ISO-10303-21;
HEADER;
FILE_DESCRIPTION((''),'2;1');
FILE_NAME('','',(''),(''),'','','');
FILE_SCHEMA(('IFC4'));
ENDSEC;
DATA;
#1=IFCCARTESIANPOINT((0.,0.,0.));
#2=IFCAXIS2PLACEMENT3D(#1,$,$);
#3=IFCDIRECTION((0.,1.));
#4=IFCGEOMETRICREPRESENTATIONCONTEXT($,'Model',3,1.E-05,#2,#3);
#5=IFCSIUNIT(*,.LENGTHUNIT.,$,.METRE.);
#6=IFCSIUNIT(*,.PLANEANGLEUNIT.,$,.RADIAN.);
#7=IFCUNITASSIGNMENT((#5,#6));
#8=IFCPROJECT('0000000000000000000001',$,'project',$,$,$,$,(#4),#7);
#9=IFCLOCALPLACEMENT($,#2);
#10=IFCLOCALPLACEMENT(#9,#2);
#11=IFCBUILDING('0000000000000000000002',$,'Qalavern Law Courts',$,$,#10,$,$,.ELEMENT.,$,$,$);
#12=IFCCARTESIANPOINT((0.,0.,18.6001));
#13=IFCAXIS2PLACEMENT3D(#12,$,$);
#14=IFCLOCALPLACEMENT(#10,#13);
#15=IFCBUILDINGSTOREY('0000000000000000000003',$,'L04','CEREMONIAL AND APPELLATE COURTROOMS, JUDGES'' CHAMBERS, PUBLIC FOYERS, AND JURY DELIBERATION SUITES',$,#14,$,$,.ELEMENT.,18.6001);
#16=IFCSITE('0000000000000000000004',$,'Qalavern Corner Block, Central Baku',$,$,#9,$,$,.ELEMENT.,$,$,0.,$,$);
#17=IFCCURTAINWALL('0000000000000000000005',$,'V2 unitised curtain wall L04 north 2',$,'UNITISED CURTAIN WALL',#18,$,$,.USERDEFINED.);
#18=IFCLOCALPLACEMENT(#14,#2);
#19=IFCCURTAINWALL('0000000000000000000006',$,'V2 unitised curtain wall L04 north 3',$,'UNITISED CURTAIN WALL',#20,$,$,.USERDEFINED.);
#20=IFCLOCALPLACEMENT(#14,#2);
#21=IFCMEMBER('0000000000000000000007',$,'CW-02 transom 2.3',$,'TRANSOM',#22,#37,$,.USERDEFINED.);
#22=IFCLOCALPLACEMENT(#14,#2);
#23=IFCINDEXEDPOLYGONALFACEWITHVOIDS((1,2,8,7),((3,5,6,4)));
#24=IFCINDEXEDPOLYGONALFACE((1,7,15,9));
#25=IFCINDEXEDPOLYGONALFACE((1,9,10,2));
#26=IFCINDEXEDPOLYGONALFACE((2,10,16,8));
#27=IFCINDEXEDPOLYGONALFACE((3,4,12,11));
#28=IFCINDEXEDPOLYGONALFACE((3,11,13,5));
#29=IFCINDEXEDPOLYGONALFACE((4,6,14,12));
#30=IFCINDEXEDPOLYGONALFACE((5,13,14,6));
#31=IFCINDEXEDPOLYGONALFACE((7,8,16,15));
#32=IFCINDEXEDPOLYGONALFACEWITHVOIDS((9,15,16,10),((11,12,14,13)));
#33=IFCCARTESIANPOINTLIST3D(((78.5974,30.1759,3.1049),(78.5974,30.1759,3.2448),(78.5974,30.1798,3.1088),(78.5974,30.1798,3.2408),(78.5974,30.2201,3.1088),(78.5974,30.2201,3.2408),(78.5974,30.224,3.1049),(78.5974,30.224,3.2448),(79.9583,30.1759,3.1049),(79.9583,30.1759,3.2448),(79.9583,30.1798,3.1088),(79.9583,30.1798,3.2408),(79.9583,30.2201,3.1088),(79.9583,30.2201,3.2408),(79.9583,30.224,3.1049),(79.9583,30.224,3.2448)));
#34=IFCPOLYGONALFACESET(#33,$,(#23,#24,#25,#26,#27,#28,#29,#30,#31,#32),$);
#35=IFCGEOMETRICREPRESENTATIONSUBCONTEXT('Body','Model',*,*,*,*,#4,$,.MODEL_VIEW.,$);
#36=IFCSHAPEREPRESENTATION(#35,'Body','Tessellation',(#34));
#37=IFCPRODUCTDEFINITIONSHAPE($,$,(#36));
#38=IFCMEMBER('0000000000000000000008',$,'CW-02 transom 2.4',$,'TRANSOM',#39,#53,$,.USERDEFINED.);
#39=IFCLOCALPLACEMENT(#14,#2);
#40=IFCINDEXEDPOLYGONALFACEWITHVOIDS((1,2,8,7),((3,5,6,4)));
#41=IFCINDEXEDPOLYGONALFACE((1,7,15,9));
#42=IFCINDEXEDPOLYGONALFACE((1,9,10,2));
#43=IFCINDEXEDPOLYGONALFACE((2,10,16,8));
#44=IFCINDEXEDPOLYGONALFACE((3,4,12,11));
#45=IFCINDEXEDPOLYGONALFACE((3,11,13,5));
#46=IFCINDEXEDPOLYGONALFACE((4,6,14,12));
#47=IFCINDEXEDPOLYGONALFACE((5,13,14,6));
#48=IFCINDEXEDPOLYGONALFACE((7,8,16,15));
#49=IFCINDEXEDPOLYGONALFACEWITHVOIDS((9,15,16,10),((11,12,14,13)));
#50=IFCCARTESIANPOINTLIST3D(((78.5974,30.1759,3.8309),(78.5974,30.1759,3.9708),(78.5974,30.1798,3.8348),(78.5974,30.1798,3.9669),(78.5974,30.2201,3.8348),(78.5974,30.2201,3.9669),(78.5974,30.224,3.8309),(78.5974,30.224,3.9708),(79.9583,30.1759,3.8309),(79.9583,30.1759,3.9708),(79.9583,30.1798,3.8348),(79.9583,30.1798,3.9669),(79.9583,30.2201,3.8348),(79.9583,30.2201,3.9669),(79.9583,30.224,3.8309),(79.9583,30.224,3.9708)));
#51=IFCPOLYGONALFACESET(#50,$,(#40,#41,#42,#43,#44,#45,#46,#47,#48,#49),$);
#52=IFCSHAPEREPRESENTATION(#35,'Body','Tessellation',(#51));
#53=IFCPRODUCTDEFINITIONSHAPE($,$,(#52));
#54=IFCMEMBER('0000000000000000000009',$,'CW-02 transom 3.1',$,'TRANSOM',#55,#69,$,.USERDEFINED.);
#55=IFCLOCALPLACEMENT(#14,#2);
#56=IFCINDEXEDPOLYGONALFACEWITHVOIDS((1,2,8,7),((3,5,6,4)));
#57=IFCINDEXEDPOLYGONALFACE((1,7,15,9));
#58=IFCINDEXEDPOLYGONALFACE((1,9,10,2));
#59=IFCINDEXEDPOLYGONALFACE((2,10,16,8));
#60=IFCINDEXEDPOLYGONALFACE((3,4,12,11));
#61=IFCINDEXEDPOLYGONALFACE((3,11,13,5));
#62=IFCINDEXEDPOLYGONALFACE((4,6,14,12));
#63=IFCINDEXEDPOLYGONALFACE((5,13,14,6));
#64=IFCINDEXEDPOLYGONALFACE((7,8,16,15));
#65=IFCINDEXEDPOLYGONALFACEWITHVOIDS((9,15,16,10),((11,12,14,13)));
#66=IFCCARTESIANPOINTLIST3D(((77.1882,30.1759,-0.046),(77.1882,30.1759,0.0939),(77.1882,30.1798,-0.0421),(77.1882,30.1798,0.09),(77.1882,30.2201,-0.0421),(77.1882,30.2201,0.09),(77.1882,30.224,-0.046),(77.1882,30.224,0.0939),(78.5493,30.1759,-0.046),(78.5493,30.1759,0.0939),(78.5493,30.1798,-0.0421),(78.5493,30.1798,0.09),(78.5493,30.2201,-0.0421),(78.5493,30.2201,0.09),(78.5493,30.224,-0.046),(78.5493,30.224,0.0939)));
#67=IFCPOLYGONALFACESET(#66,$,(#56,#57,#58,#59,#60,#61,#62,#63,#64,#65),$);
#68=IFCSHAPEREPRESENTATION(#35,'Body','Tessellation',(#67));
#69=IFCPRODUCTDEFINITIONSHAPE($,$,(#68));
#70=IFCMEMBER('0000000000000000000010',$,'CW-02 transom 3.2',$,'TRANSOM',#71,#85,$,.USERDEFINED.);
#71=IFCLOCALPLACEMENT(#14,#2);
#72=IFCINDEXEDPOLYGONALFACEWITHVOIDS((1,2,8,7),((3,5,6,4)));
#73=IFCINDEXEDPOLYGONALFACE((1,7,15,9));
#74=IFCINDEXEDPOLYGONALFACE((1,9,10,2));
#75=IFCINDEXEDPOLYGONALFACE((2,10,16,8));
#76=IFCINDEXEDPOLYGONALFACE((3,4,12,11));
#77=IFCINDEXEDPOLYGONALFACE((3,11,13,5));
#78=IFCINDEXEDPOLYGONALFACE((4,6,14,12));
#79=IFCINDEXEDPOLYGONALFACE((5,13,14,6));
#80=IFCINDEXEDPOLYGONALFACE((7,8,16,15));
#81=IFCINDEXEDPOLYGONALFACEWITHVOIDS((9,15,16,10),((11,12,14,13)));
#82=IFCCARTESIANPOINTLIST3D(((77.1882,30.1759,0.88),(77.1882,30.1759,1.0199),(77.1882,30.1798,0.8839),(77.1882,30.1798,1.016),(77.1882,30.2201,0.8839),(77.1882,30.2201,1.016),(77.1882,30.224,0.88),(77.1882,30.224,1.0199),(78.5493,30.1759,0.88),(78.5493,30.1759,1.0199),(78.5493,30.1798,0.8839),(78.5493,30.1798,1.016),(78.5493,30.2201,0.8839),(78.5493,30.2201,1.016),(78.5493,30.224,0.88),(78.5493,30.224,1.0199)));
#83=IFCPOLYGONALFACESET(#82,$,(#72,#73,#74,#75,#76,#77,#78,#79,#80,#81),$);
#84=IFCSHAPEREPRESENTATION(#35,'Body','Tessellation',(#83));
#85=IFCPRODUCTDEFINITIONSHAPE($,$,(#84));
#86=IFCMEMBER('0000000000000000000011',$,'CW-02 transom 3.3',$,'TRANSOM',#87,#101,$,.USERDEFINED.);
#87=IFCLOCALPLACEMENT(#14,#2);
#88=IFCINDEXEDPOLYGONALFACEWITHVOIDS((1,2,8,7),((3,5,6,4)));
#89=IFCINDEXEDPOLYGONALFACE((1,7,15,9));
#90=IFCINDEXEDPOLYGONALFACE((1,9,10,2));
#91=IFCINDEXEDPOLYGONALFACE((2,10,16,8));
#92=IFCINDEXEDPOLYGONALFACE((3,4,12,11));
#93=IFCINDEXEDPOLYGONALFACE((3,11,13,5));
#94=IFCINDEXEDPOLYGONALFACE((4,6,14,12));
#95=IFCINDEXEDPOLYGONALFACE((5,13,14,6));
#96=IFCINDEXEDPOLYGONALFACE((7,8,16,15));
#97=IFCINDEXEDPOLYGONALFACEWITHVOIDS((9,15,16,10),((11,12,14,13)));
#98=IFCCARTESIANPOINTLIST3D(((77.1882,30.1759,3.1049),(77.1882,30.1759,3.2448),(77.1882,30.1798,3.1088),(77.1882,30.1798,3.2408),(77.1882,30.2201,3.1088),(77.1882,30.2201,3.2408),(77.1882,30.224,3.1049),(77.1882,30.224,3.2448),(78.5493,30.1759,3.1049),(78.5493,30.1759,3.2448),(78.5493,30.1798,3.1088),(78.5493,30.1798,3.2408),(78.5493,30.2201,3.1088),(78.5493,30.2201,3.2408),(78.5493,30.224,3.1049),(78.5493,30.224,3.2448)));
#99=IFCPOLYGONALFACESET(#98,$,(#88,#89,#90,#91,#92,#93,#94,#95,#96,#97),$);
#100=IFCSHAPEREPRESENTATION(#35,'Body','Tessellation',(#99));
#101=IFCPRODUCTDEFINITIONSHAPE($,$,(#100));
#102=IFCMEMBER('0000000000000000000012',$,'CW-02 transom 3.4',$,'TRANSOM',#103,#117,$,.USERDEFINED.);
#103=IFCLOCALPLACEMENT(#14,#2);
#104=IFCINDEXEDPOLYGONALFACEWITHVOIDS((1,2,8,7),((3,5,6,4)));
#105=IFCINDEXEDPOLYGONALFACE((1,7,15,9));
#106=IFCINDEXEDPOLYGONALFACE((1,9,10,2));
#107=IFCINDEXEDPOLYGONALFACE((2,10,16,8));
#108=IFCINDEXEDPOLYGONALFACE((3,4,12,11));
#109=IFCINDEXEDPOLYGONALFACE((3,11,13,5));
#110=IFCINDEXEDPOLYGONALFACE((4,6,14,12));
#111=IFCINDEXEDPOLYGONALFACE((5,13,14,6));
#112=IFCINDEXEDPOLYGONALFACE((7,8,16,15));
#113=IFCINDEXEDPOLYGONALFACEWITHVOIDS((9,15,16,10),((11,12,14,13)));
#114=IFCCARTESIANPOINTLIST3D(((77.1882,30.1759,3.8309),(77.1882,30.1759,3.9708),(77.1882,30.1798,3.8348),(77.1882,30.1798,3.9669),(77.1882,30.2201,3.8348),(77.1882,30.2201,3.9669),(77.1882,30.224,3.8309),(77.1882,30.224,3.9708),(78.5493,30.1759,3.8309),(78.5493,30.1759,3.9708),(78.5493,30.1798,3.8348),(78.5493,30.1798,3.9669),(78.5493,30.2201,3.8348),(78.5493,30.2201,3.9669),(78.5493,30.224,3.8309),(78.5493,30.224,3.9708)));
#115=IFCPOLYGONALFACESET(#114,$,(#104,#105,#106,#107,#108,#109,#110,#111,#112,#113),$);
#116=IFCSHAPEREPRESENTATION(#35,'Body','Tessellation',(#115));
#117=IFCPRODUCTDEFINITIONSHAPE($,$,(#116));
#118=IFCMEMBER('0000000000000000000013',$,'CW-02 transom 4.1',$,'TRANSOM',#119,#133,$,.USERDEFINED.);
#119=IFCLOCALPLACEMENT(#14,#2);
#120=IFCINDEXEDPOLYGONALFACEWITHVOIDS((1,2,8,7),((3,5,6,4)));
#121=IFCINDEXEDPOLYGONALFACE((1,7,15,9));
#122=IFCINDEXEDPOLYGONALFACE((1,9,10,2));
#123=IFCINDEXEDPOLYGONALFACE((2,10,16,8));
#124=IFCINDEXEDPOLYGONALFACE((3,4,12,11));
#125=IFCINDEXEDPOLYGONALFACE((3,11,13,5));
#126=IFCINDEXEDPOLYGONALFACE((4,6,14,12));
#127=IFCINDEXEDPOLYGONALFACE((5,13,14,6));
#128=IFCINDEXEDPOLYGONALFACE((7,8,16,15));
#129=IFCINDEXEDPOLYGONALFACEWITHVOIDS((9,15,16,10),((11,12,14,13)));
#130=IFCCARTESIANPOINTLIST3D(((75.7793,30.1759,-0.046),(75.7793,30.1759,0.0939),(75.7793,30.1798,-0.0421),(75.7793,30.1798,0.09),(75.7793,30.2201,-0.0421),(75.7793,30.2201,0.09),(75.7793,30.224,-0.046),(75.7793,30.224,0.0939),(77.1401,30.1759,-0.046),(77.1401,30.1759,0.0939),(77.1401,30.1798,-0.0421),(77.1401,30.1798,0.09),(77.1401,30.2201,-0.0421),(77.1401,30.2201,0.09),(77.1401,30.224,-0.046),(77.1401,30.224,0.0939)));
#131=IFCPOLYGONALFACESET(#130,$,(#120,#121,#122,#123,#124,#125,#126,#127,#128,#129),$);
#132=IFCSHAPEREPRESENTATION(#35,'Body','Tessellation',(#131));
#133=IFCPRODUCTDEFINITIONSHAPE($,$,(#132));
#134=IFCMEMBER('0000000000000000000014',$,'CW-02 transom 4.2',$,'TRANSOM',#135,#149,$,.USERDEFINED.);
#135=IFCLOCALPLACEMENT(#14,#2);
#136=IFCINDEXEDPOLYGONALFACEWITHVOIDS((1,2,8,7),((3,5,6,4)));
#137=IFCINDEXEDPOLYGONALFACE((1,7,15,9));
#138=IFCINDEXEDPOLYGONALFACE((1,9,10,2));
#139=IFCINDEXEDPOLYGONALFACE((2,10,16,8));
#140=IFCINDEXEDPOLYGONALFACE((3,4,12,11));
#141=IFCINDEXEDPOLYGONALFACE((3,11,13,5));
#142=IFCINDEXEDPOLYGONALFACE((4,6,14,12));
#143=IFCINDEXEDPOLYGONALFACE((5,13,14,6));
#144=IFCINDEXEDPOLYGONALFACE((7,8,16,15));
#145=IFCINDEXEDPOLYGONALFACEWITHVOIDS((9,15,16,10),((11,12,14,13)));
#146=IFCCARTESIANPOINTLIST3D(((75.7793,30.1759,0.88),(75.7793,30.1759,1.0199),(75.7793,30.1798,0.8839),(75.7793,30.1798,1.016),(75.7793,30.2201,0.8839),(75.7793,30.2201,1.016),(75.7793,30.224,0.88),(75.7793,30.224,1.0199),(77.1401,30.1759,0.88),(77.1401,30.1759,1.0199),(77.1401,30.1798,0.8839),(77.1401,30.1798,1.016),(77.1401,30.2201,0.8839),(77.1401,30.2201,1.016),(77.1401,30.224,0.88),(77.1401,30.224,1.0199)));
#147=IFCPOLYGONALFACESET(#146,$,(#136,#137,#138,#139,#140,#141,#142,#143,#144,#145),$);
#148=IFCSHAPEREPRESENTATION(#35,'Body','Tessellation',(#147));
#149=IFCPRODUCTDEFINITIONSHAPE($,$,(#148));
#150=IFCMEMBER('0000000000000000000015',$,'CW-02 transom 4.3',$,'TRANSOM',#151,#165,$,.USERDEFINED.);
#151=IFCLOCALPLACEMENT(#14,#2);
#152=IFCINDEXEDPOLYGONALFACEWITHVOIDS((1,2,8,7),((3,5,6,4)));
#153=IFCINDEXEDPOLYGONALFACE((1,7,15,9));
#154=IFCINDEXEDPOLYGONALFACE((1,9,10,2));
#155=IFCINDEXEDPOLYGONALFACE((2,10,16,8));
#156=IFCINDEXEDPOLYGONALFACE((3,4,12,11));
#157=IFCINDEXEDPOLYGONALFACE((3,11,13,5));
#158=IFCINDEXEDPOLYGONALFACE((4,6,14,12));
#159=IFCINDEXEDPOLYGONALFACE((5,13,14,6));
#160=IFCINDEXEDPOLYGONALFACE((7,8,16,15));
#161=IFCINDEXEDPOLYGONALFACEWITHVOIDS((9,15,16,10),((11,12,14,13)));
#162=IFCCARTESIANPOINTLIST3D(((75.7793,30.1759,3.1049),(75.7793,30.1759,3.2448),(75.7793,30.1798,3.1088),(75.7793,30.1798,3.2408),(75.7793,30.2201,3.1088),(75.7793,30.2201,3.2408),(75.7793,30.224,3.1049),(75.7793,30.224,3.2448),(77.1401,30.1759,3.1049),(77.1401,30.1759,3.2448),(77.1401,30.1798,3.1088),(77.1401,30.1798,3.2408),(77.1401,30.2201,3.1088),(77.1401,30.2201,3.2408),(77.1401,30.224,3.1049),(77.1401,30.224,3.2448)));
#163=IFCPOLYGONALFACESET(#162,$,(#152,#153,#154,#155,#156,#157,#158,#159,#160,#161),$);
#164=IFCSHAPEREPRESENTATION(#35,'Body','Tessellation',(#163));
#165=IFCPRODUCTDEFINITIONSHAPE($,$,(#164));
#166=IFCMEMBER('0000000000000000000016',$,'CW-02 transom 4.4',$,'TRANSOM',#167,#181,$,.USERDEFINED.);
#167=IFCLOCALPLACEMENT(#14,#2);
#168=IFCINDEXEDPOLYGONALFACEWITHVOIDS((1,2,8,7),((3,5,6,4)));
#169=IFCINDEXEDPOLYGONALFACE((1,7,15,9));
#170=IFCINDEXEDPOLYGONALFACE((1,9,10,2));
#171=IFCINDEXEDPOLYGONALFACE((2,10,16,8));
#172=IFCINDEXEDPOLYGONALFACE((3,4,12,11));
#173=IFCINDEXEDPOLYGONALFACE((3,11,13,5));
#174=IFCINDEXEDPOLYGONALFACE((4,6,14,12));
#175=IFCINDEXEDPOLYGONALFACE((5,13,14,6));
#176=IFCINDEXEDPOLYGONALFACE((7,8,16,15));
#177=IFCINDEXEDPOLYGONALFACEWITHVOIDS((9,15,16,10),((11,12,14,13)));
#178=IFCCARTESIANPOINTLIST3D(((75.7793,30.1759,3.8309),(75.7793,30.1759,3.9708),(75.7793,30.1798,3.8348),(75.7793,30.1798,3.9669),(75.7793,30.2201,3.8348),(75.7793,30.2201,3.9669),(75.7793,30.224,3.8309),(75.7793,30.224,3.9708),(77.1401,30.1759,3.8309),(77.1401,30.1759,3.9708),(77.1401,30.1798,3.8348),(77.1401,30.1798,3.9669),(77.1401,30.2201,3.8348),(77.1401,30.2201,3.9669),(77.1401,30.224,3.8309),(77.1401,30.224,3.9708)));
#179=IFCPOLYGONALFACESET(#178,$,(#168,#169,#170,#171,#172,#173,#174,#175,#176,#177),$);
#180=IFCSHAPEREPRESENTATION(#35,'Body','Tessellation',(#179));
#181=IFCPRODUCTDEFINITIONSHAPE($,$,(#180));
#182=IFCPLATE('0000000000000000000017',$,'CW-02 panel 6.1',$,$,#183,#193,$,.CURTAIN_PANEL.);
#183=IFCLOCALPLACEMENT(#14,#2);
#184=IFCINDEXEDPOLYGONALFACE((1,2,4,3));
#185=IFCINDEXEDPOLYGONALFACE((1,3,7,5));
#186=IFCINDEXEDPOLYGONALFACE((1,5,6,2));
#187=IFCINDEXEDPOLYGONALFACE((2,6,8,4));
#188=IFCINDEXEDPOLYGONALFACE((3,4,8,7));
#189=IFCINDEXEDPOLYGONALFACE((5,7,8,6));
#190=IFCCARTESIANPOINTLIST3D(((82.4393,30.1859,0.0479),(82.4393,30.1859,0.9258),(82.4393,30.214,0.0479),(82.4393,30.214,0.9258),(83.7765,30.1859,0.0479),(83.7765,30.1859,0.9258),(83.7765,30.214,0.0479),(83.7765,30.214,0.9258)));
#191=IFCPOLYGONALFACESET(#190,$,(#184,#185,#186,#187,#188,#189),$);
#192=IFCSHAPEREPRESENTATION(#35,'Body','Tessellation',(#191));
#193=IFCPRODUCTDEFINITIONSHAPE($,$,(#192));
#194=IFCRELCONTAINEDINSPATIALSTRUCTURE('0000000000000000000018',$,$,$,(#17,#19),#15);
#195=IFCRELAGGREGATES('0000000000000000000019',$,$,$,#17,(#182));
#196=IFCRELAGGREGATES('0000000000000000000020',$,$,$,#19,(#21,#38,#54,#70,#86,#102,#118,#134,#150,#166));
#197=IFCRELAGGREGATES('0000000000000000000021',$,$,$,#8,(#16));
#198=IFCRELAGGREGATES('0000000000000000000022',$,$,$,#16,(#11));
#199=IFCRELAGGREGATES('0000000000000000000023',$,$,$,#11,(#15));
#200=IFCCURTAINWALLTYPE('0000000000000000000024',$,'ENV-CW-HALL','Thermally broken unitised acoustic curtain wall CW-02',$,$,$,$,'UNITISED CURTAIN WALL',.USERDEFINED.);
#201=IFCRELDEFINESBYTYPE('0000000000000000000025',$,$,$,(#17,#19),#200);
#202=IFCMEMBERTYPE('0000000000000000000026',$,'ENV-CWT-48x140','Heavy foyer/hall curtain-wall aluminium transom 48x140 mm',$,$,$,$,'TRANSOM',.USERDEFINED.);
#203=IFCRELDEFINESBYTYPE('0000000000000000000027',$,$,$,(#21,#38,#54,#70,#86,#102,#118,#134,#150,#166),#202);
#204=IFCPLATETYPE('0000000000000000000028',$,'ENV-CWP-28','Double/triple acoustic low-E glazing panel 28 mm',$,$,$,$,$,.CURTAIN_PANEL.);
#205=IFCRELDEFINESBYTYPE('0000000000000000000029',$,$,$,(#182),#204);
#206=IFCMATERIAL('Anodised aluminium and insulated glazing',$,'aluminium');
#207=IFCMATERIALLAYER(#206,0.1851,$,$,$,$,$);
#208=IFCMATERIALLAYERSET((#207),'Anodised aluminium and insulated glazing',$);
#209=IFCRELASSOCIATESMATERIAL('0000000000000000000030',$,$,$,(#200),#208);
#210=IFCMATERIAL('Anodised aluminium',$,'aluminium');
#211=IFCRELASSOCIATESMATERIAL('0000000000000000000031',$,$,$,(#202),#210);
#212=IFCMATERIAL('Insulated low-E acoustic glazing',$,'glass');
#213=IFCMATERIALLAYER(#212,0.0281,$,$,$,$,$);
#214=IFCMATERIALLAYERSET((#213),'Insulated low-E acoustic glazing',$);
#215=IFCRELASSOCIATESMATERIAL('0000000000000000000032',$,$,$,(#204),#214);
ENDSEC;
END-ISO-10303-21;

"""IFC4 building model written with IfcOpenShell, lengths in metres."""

from ifc_helpers import new_model, si_unit, direction, frame, origin, origin_2d, place, context, subcontext, project, spatial, rectangle, hollow_rectangle, extrude, material, layer, layer_set, material_profile, profile_set, type_object, element, aggregate, save


model = new_model("IFC4")

# Units and contexts
model_context = context("Model", 3, precision=1e-05, world=origin(), true_north=direction((0.0, 1.0)))
body_context = subcontext(model_context, "Body", "Model", "MODEL_VIEW")
ifc_project = project(units=[si_unit("LENGTHUNIT", "METRE"), si_unit("PLANEANGLEUNIT", "RADIAN")], contexts=[model_context])

# Site, building, storey
site_placement = place(None, origin())
site = spatial("IfcSite", under=ifc_project, at=site_placement, Name="Qalavern Corner Block, Central Baku", CompositionType="ELEMENT", RefElevation=0.0)
building_placement = place(site_placement, origin())
building = spatial("IfcBuilding", under=site, at=building_placement, Name="Qalavern Law Courts", CompositionType="ELEMENT")
storey_placement = place(building_placement, frame((0.0, 0.0, 18.6001)))
storey = spatial("IfcBuildingStorey", under=building, at=storey_placement, Name="L04", Description="CEREMONIAL AND APPELLATE COURTROOMS, JUDGES' CHAMBERS, PUBLIC FOYERS, AND JURY DELIBERATION SUITES", CompositionType="ELEMENT", Elevation=18.6001)

# Curtain wall
ifc_material_1 = material(Name="Anodised aluminium and insulated glazing", Category="aluminium")
ifc_layer_1 = layer(ifc_material_1, 0.1851)
ifc_layer_set_1 = layer_set([ifc_layer_1], Name="Anodised aluminium and insulated glazing")
curtain_wall_type = type_object("IfcCurtainWallType", Name="ENV-CW-HALL", Description="Thermally broken unitised acoustic curtain wall CW-02", ElementType="UNITISED CURTAIN WALL", PredefinedType="USERDEFINED", material=ifc_layer_set_1)
curtain_wall_1_placement = place(storey_placement, origin())
curtain_wall_1 = element("IfcCurtainWall", 1, at=curtain_wall_1_placement, inside=storey, type_object=curtain_wall_type, Name="V2 unitised curtain wall L04 north 2", ObjectType="UNITISED CURTAIN WALL", PredefinedType="USERDEFINED")
ifc_material_2 = material(Name="Anodised aluminium", Category="aluminium")

# Curtain wall, members
curtain_wall_2_placement = place(storey_placement, origin())
curtain_wall_2 = element("IfcCurtainWall", 2, at=curtain_wall_2_placement, inside=storey, type_object=curtain_wall_type, Name="V2 unitised curtain wall L04 north 3", ObjectType="UNITISED CURTAIN WALL", PredefinedType="USERDEFINED")
ifc_material_profile_1 = material_profile(ifc_material_2, hollow_rectangle(XDim=0.0481, YDim=0.1399, WallThickness=0.0039, at=origin_2d()), Name="ALU TRANSOM 48x140")
ifc_profile_set_1 = profile_set([ifc_material_profile_1], Name="Anodised aluminium")
member_type_1 = type_object("IfcMemberType", Name="ENV-CWT-48x140", Description="Heavy foyer/hall curtain-wall aluminium transom 48x140 mm", ElementType="TRANSOM", PredefinedType="USERDEFINED", material=ifc_profile_set_1)
member_1_placement = place(storey_placement, frame((79.9583, 30.2, 3.1748), z_axis=(-1.0, 0.0, 0.0), x_axis=(0.0, -1.0, 0.0)))
member_1 = element("IfcMember", 3, at=member_1_placement, type_object=member_type_1, Name="CW-02 transom 2.3", ObjectType="TRANSOM", PredefinedType="USERDEFINED", context=body_context, shape_type="SweptSolid", body=[
    extrude(hollow_rectangle(XDim=0.0481, YDim=0.1399, WallThickness=0.0039, at=origin_2d()), origin(), (0.0, 0.0, 1.0), 1.3608),
])
member_2_placement = place(storey_placement, frame((79.9583, 30.2, 3.9009), z_axis=(-1.0, 0.0, 0.0), x_axis=(0.0, -1.0, 0.0)))
member_2 = element("IfcMember", 4, at=member_2_placement, type_object=member_type_1, Name="CW-02 transom 2.4", ObjectType="TRANSOM", PredefinedType="USERDEFINED", context=body_context, shape_type="SweptSolid", body=[
    extrude(hollow_rectangle(XDim=0.0481, YDim=0.1399, WallThickness=0.0039, at=origin_2d()), origin(), (0.0, 0.0, 1.0), 1.3608),
])
member_3_placement = place(storey_placement, frame((78.5493, 30.2, 0.0239), z_axis=(-1.0, 0.0, 0.0), x_axis=(0.0, -1.0, 0.0)))
member_3 = element("IfcMember", 5, at=member_3_placement, type_object=member_type_1, Name="CW-02 transom 3.1", ObjectType="TRANSOM", PredefinedType="USERDEFINED", context=body_context, shape_type="SweptSolid", body=[
    extrude(hollow_rectangle(XDim=0.0481, YDim=0.1399, WallThickness=0.0039, at=origin_2d()), origin(), (0.0, 0.0, 1.0), 1.3611),
])
member_4_placement = place(storey_placement, frame((78.5493, 30.2, 0.95), z_axis=(-1.0, 0.0, 0.0), x_axis=(0.0, -1.0, 0.0)))
member_4 = element("IfcMember", 6, at=member_4_placement, type_object=member_type_1, Name="CW-02 transom 3.2", ObjectType="TRANSOM", PredefinedType="USERDEFINED", context=body_context, shape_type="SweptSolid", body=[
    extrude(hollow_rectangle(XDim=0.0481, YDim=0.1399, WallThickness=0.0039, at=origin_2d()), origin(), (0.0, 0.0, 1.0), 1.3611),
])
member_5_placement = place(storey_placement, frame((78.5493, 30.2, 3.1748), z_axis=(-1.0, 0.0, 0.0), x_axis=(0.0, -1.0, 0.0)))
member_5 = element("IfcMember", 7, at=member_5_placement, type_object=member_type_1, Name="CW-02 transom 3.3", ObjectType="TRANSOM", PredefinedType="USERDEFINED", context=body_context, shape_type="SweptSolid", body=[
    extrude(hollow_rectangle(XDim=0.0481, YDim=0.1399, WallThickness=0.0039, at=origin_2d()), origin(), (0.0, 0.0, 1.0), 1.3611),
])
member_6_placement = place(storey_placement, frame((78.5493, 30.2, 3.9009), z_axis=(-1.0, 0.0, 0.0), x_axis=(0.0, -1.0, 0.0)))
member_6 = element("IfcMember", 8, at=member_6_placement, type_object=member_type_1, Name="CW-02 transom 3.4", ObjectType="TRANSOM", PredefinedType="USERDEFINED", context=body_context, shape_type="SweptSolid", body=[
    extrude(hollow_rectangle(XDim=0.0481, YDim=0.1399, WallThickness=0.0039, at=origin_2d()), origin(), (0.0, 0.0, 1.0), 1.3611),
])
member_7_placement = place(storey_placement, frame((77.1401, 30.2, 0.0239), z_axis=(-1.0, 0.0, 0.0), x_axis=(0.0, -1.0, 0.0)))
member_7 = element("IfcMember", 9, at=member_7_placement, type_object=member_type_1, Name="CW-02 transom 4.1", ObjectType="TRANSOM", PredefinedType="USERDEFINED", context=body_context, shape_type="SweptSolid", body=[
    extrude(hollow_rectangle(XDim=0.0481, YDim=0.1399, WallThickness=0.0039, at=origin_2d()), origin(), (0.0, 0.0, 1.0), 1.3608),
])
member_8_placement = place(storey_placement, frame((77.1401, 30.2, 0.95), z_axis=(-1.0, 0.0, 0.0), x_axis=(0.0, -1.0, 0.0)))
member_8 = element("IfcMember", 10, at=member_8_placement, type_object=member_type_1, Name="CW-02 transom 4.2", ObjectType="TRANSOM", PredefinedType="USERDEFINED", context=body_context, shape_type="SweptSolid", body=[
    extrude(hollow_rectangle(XDim=0.0481, YDim=0.1399, WallThickness=0.0039, at=origin_2d()), origin(), (0.0, 0.0, 1.0), 1.3608),
])
member_9_placement = place(storey_placement, frame((77.1401, 30.2, 3.1748), z_axis=(-1.0, 0.0, 0.0), x_axis=(0.0, -1.0, 0.0)))
member_9 = element("IfcMember", 11, at=member_9_placement, type_object=member_type_1, Name="CW-02 transom 4.3", ObjectType="TRANSOM", PredefinedType="USERDEFINED", context=body_context, shape_type="SweptSolid", body=[
    extrude(hollow_rectangle(XDim=0.0481, YDim=0.1399, WallThickness=0.0039, at=origin_2d()), origin(), (0.0, 0.0, 1.0), 1.3608),
])
member_10_placement = place(storey_placement, frame((77.1401, 30.2, 3.9009), z_axis=(-1.0, 0.0, 0.0), x_axis=(0.0, -1.0, 0.0)))
member_10 = element("IfcMember", 12, at=member_10_placement, type_object=member_type_1, Name="CW-02 transom 4.4", ObjectType="TRANSOM", PredefinedType="USERDEFINED", context=body_context, shape_type="SweptSolid", body=[
    extrude(hollow_rectangle(XDim=0.0481, YDim=0.1399, WallThickness=0.0039, at=origin_2d()), origin(), (0.0, 0.0, 1.0), 1.3608),
])

# Plate
ifc_material_3 = material(Name="Insulated low-E acoustic glazing", Category="glass")
ifc_layer_2 = layer(ifc_material_3, 0.0281)
ifc_layer_set_2 = layer_set([ifc_layer_2], Name="Insulated low-E acoustic glazing")
plate_type_1 = type_object("IfcPlateType", Name="ENV-CWP-28", Description="Double/triple acoustic low-E glazing panel 28 mm", PredefinedType="CURTAIN_PANEL", material=ifc_layer_set_2)
plate_1_placement = place(storey_placement, frame((83.1079, 30.2, 0.0479), z_axis=(0.0, 0.0, 1.0), x_axis=(-1.0, 0.0, 0.0)))
plate_1 = element("IfcPlate", 13, at=plate_1_placement, type_object=plate_type_1, Name="CW-02 panel 6.1", PredefinedType="CURTAIN_PANEL", context=body_context, shape_type="SweptSolid", body=[
    extrude(rectangle(XDim=1.3372, YDim=0.0281, at=origin_2d()), origin(), (0.0, 0.0, 1.0), 0.8779),
])
aggregate(curtain_wall_1, [plate_1])
aggregate(curtain_wall_2, [member_1, member_2, member_3, member_4, member_5, member_6, member_7, member_8, member_9, member_10])

save(model, "model.ifc")
